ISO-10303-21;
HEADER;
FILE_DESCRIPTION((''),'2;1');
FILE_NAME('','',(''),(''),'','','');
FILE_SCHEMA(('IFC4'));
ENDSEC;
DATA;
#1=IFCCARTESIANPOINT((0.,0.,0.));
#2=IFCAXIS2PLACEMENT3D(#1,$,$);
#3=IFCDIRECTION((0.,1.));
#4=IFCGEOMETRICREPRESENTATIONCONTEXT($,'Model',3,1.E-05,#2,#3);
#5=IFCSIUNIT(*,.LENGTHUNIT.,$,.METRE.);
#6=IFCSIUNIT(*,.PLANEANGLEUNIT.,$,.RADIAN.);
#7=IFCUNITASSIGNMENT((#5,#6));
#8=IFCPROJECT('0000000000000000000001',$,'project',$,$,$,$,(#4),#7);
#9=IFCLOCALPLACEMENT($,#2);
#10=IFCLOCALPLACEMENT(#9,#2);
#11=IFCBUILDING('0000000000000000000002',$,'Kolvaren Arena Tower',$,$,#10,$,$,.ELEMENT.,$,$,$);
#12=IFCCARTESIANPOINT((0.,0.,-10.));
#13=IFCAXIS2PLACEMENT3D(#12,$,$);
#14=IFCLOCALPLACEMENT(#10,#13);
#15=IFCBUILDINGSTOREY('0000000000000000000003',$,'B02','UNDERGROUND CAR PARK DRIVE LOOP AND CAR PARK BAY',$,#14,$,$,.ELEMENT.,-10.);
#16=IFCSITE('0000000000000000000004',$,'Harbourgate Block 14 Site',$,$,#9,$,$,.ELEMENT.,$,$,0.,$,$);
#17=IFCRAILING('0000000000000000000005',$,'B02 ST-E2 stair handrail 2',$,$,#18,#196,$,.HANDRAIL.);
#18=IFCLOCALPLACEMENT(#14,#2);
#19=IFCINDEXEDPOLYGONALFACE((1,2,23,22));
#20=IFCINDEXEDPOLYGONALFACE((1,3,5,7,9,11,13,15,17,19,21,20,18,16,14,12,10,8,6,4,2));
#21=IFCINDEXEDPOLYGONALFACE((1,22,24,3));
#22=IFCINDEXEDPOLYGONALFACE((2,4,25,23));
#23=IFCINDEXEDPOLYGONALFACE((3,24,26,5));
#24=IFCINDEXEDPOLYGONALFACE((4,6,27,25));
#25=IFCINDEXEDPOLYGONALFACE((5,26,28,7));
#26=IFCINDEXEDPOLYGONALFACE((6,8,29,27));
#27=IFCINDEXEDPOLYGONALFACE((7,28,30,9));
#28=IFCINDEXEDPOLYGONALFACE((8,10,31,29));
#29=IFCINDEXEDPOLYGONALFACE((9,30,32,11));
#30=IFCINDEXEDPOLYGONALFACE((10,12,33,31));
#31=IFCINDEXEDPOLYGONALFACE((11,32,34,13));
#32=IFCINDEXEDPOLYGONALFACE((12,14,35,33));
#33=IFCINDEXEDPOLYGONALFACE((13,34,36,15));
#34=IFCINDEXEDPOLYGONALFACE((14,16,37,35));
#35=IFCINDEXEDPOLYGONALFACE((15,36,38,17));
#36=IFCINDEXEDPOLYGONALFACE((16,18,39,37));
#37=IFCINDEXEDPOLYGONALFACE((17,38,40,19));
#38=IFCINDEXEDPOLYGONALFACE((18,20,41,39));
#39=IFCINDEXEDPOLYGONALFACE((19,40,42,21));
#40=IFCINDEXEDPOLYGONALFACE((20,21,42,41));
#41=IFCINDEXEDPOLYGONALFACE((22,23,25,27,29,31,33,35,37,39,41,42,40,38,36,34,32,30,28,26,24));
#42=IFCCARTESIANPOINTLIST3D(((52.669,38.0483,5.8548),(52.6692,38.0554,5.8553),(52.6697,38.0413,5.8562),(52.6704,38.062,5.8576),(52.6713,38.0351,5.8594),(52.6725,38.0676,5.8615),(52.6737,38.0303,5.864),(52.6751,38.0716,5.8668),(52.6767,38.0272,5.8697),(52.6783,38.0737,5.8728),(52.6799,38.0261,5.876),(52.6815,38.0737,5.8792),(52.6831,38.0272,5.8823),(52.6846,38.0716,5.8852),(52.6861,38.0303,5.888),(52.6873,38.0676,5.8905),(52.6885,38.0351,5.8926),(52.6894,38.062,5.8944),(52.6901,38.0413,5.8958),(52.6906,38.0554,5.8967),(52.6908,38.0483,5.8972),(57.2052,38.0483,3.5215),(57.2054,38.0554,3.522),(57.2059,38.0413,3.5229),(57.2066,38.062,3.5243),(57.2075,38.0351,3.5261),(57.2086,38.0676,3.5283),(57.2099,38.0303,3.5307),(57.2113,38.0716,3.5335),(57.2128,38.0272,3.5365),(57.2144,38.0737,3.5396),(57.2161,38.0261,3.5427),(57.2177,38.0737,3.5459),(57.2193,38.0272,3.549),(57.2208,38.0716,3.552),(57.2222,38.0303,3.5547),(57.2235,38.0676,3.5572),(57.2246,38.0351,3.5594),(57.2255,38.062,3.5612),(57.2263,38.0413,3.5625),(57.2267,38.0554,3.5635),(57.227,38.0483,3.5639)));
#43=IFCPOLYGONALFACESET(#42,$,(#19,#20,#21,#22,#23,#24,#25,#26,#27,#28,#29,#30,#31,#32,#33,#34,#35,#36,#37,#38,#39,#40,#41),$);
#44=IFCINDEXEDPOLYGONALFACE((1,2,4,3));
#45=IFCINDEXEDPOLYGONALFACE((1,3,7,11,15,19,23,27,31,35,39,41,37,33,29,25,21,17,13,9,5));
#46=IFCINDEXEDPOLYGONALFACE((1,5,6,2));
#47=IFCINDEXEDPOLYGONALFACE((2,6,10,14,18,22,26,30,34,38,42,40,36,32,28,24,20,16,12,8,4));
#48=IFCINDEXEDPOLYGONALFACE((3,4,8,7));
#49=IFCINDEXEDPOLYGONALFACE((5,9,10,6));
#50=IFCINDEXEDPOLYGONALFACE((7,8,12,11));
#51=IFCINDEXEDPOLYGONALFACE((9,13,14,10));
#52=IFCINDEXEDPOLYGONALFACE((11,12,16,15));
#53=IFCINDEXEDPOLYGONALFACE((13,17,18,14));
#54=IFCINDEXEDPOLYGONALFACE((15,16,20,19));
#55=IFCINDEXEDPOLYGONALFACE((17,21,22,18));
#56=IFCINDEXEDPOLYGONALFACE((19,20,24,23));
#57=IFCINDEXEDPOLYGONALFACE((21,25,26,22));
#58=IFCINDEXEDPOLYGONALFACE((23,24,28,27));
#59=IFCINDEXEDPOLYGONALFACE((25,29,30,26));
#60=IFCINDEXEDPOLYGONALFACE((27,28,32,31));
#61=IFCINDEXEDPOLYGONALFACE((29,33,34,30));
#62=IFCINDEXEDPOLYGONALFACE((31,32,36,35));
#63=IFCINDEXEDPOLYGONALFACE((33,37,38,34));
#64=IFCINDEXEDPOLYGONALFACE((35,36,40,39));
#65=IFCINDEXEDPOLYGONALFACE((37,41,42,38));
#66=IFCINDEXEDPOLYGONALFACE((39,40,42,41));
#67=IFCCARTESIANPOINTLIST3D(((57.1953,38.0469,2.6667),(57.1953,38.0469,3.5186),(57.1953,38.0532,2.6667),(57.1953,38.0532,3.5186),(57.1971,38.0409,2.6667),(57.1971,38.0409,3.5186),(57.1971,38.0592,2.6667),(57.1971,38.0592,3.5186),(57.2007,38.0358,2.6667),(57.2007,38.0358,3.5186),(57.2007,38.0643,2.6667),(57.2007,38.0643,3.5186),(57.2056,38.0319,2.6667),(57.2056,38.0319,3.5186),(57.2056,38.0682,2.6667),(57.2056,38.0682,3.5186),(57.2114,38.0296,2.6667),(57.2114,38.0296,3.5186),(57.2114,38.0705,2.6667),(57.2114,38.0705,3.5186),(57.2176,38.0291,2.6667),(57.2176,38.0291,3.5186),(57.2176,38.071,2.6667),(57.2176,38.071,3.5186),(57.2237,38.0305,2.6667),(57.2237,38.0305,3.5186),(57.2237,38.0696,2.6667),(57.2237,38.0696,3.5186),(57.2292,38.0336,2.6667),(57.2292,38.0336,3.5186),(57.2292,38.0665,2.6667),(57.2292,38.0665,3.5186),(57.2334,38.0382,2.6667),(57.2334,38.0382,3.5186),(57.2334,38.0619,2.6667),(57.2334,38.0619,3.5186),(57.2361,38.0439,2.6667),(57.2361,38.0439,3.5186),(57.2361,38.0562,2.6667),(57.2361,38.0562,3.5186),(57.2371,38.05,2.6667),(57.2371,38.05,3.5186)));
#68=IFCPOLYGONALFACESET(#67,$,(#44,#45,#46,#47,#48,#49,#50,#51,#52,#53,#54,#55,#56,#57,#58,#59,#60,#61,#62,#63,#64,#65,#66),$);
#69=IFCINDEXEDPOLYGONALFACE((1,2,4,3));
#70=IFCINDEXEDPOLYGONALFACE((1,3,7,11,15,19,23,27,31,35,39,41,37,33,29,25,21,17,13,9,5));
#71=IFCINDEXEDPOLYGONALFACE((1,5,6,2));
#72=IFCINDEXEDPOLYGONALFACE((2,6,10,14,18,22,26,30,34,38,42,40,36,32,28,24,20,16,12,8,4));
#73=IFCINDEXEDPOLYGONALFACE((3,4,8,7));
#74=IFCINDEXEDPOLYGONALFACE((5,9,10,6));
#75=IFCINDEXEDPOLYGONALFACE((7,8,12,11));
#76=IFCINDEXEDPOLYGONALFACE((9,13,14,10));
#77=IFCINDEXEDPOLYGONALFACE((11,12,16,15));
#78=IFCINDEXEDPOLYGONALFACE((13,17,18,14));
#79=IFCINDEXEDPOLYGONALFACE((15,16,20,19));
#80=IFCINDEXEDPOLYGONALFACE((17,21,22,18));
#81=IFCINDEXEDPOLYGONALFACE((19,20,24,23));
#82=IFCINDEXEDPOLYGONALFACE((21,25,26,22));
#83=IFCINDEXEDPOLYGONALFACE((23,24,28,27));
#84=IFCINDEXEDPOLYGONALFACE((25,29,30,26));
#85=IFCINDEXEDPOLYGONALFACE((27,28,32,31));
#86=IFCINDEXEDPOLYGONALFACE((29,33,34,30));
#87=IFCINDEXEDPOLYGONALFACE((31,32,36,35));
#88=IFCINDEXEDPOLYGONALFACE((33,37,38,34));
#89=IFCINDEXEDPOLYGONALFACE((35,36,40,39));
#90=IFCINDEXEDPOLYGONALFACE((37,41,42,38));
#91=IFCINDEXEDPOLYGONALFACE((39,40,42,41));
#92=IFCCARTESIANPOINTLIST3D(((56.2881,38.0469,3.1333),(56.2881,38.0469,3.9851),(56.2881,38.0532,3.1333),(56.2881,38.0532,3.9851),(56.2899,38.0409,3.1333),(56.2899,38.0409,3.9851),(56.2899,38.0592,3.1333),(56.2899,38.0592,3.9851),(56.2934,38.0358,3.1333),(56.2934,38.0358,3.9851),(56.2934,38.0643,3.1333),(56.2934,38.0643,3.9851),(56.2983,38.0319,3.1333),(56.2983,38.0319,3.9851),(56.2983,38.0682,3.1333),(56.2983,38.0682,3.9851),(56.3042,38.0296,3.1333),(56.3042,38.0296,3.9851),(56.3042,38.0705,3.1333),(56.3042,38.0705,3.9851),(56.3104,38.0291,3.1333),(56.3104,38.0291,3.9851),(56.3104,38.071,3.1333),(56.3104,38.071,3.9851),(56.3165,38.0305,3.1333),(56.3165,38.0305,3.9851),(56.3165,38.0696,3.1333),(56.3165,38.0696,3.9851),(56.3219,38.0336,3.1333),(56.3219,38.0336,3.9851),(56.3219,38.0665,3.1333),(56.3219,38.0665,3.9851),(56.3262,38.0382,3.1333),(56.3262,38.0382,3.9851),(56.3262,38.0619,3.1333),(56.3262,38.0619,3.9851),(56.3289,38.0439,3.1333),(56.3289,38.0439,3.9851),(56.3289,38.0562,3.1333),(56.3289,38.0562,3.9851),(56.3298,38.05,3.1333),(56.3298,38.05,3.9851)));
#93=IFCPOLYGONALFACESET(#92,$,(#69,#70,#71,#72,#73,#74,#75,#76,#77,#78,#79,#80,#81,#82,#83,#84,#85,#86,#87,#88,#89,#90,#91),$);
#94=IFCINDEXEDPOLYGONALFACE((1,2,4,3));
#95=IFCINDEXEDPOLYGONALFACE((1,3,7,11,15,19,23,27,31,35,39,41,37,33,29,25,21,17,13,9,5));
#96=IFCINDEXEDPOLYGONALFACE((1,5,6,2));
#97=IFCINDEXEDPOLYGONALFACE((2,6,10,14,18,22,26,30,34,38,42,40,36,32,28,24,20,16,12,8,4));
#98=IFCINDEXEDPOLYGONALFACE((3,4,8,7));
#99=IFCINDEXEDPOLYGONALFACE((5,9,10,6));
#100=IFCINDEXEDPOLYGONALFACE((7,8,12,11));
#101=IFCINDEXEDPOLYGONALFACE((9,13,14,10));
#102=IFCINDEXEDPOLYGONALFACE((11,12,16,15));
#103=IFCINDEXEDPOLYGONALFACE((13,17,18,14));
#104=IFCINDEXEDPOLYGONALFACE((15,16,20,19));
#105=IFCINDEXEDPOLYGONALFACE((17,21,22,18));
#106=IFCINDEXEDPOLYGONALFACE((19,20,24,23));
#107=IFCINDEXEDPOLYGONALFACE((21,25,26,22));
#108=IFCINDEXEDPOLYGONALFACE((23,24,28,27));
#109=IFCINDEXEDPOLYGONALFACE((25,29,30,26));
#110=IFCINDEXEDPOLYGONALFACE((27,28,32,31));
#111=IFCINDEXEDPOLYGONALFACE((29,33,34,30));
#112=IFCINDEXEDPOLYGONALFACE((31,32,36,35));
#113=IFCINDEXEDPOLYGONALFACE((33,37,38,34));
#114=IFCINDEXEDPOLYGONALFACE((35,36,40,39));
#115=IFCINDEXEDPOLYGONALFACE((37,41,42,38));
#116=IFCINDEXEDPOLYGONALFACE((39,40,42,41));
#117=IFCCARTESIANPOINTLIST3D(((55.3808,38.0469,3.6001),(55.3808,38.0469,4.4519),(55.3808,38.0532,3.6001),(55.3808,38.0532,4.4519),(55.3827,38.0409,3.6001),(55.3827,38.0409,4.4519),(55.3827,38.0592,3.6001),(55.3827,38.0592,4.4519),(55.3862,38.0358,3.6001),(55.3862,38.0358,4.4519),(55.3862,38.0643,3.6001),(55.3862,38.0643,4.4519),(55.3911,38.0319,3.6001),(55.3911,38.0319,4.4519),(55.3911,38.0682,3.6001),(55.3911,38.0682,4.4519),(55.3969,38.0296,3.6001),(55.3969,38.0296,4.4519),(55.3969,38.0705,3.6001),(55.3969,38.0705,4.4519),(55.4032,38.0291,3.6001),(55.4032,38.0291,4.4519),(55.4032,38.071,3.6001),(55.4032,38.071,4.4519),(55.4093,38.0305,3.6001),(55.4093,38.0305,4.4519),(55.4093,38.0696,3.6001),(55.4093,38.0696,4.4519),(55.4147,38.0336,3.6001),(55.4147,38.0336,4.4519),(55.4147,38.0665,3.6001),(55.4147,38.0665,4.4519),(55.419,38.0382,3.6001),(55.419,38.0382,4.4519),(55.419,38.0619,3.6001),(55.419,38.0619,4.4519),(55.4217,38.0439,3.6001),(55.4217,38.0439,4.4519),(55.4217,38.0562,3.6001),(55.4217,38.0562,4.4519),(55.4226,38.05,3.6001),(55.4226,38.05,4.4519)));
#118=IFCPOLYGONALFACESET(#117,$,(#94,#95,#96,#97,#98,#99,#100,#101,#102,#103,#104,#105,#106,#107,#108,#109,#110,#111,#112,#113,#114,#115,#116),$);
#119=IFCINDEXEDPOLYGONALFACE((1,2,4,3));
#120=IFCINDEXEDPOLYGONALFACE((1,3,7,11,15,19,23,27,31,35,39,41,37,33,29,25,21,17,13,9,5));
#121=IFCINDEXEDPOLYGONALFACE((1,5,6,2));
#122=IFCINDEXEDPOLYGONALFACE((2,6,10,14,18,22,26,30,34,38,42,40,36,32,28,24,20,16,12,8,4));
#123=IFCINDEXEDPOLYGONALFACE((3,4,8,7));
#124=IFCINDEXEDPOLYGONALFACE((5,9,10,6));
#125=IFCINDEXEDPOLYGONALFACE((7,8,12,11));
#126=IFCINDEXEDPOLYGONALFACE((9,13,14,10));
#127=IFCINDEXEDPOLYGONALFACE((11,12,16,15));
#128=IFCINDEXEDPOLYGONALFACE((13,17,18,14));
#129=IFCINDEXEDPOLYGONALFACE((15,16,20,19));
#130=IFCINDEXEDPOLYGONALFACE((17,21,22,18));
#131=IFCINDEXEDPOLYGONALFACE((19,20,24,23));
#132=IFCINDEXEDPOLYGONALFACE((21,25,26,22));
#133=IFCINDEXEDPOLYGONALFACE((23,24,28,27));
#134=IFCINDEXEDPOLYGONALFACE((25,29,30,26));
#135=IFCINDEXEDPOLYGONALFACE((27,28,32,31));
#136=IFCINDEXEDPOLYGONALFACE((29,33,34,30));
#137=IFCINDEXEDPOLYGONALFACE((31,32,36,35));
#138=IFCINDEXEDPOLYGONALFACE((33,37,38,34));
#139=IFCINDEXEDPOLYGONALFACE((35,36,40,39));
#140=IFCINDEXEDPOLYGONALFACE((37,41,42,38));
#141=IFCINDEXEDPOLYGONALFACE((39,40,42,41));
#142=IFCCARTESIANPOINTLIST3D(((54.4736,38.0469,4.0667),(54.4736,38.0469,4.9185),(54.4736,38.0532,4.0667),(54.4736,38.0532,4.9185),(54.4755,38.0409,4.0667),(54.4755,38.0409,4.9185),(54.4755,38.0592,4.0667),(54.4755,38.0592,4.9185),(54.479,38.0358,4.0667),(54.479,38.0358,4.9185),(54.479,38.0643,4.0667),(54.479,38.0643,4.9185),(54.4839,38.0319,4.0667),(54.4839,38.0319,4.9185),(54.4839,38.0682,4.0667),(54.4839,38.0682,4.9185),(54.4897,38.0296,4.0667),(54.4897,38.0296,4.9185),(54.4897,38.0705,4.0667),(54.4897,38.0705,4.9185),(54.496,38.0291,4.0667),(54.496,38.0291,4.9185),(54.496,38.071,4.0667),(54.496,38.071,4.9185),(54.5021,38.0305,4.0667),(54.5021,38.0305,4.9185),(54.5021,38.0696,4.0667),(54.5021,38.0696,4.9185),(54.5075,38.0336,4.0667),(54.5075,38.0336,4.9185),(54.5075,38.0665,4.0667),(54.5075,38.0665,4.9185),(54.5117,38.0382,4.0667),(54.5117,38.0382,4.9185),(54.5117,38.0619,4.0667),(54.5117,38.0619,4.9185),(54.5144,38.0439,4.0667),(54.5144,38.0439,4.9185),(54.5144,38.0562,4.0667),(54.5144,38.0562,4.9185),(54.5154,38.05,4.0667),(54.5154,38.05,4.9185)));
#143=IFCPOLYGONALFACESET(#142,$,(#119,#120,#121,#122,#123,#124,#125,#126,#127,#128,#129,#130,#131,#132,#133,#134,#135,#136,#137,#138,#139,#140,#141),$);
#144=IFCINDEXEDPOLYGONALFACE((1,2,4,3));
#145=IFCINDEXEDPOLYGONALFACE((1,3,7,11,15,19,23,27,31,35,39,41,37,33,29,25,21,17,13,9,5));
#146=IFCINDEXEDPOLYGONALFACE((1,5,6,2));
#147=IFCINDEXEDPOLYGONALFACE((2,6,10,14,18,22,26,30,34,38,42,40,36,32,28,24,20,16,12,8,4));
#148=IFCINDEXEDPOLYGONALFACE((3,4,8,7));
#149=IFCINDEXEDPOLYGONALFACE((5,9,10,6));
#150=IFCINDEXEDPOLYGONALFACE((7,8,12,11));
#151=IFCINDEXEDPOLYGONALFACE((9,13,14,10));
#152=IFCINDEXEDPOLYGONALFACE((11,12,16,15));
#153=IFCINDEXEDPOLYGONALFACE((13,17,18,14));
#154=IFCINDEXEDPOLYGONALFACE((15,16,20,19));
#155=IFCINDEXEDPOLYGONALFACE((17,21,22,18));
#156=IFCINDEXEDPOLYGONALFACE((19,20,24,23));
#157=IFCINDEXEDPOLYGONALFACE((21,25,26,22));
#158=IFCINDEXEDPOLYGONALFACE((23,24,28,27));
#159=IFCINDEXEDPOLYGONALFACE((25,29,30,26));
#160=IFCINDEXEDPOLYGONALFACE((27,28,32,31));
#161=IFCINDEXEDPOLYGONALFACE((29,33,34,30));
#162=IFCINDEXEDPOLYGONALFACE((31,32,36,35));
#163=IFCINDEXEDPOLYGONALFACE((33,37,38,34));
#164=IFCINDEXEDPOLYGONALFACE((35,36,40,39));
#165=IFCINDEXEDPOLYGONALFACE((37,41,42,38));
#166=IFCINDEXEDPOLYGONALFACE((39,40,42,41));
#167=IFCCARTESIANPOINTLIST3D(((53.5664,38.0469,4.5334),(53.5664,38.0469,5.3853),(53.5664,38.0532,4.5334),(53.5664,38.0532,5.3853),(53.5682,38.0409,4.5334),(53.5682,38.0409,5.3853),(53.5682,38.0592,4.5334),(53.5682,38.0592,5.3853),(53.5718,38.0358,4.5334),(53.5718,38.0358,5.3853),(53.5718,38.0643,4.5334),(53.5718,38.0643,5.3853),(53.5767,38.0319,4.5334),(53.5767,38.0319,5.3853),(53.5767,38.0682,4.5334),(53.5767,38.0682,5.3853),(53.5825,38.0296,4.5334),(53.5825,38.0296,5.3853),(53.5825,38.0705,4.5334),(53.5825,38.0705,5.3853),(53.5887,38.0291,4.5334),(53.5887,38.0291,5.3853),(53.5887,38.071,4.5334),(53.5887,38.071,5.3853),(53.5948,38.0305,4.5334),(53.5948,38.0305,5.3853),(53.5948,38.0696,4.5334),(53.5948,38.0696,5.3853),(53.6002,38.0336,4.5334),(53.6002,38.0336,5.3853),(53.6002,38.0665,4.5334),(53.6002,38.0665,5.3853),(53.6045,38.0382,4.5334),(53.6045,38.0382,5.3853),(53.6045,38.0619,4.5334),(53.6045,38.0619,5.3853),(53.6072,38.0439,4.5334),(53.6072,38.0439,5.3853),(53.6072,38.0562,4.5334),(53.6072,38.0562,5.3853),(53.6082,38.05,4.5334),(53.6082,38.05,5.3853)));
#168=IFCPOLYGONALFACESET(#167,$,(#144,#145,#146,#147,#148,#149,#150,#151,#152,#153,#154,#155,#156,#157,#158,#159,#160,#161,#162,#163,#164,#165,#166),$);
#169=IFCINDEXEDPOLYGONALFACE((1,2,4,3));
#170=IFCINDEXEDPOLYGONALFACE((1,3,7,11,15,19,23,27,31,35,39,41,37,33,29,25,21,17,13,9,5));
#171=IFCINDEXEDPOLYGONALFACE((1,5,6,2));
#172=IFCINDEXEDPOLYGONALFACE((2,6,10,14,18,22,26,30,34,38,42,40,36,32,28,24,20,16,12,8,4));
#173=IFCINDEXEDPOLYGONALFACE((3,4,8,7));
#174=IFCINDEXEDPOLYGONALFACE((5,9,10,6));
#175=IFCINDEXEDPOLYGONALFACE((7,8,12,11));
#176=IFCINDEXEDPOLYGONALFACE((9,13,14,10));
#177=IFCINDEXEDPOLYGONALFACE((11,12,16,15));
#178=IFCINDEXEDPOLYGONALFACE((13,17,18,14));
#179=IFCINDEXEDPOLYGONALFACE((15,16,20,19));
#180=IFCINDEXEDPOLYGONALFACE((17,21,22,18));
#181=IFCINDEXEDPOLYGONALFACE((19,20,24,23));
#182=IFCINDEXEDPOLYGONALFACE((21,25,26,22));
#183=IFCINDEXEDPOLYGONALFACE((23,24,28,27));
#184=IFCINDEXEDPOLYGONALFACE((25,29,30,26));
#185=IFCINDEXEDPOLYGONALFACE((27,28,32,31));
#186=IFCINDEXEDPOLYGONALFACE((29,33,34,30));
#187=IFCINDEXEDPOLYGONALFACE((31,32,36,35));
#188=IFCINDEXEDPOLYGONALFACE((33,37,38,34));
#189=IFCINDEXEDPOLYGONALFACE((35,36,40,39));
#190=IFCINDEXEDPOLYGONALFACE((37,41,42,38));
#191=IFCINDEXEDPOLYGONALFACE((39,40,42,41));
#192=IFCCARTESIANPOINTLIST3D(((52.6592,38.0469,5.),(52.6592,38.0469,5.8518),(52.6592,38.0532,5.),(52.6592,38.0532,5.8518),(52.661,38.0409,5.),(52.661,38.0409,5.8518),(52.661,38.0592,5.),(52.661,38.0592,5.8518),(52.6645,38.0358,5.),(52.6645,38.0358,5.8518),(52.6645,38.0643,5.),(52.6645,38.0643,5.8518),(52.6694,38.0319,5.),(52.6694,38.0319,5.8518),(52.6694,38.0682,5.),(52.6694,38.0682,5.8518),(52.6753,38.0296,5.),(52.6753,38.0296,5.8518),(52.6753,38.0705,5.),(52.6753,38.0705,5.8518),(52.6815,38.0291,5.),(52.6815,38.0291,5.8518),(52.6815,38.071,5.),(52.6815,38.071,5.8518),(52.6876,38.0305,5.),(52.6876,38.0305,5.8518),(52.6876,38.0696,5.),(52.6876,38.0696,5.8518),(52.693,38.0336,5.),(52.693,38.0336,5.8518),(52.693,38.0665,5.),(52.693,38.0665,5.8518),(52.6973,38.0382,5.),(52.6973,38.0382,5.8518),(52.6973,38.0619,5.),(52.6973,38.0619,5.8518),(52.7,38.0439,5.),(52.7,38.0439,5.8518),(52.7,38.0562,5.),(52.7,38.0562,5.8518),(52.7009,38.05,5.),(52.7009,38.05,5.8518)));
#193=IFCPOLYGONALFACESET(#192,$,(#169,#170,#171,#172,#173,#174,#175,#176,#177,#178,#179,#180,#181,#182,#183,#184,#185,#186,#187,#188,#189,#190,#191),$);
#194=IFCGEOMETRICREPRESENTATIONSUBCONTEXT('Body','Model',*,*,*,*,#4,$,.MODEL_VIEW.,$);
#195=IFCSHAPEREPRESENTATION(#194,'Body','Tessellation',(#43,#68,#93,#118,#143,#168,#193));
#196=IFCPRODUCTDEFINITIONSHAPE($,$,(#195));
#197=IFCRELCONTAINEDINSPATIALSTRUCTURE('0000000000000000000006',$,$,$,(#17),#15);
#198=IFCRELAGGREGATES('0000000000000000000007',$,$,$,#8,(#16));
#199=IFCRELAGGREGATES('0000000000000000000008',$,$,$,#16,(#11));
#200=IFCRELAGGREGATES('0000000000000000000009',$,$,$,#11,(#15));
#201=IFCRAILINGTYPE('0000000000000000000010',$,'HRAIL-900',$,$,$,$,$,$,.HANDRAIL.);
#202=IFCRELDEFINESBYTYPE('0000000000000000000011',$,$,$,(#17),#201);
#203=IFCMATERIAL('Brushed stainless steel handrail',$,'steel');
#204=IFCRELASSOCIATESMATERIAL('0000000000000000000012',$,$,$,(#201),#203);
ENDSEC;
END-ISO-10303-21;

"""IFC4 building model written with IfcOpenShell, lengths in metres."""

from ifc_helpers import new_model, si_unit, direction, frame, origin, origin_2d, place, context, subcontext, project, spatial, circle, extrude, material, type_object, element, save


model = new_model("IFC4")

# Units and contexts
model_context = context("Model", 3, precision=1e-05, world=origin(), true_north=direction((0.0, 1.0)))
body_context = subcontext(model_context, "Body", "Model", "MODEL_VIEW")
ifc_project = project(units=[si_unit("LENGTHUNIT", "METRE"), si_unit("PLANEANGLEUNIT", "RADIAN")], contexts=[model_context])

# Site, building, storey
site_placement = place(None, origin())
site = spatial("IfcSite", under=ifc_project, at=site_placement, Name="Harbourgate Block 14 Site", CompositionType="ELEMENT", RefElevation=0.0)
building_placement = place(site_placement, origin())
building = spatial("IfcBuilding", under=site, at=building_placement, Name="Kolvaren Arena Tower", CompositionType="ELEMENT")
storey_placement = place(building_placement, frame((0.0, 0.0, -10.0)))
storey = spatial("IfcBuildingStorey", under=building, at=storey_placement, Name="B02", Description="UNDERGROUND CAR PARK DRIVE LOOP AND CAR PARK BAY", CompositionType="ELEMENT", Elevation=-10.0)

# Railing
ifc_material_1 = material(Name="Brushed stainless steel handrail", Category="steel")
railing_type_1 = type_object("IfcRailingType", Name="HRAIL-900", PredefinedType="HANDRAIL", material=ifc_material_1)
for number, where, name in (
    (1, (57.2161, 38.05, 2.6667), "B02 ST-E2 stair handrail 2"),
):
    element("IfcRailing", number, at=place(storey_placement, frame(where)), inside=storey, type_object=railing_type_1, Name=name, PredefinedType="HANDRAIL", context=body_context, shape_type="SweptSolid", body=[
        extrude(circle(Radius=0.0239, at=origin_2d()), frame((0.0, 0.0, 0.876), z_axis=(-0.889257, 0.0, 0.457407), x_axis=(0.0, -1.0, 0.0)), (0.0, 0.0, 1.0), 5.1011),
        extrude(circle(Radius=0.021, at=origin_2d()), origin(), (0.0, 0.0, 1.0), 0.8518),
        extrude(circle(Radius=0.021, at=origin_2d()), frame((-0.9072, 0.0, 0.4666)), (0.0, 0.0, 1.0), 0.8518),
        extrude(circle(Radius=0.021, at=origin_2d()), frame((-1.8145, 0.0, 0.9333)), (0.0, 0.0, 1.0), 0.8518),
        extrude(circle(Radius=0.021, at=origin_2d()), frame((-2.7217, 0.0, 1.3999)), (0.0, 0.0, 1.0), 0.8518),
        extrude(circle(Radius=0.021, at=origin_2d()), frame((-3.6289, 0.0, 1.8667)), (0.0, 0.0, 1.0), 0.8518),
        extrude(circle(Radius=0.021, at=origin_2d()), frame((-4.5361, 0.0, 2.3333)), (0.0, 0.0, 1.0), 0.8518),
    ])

save(model, "model.ifc")
